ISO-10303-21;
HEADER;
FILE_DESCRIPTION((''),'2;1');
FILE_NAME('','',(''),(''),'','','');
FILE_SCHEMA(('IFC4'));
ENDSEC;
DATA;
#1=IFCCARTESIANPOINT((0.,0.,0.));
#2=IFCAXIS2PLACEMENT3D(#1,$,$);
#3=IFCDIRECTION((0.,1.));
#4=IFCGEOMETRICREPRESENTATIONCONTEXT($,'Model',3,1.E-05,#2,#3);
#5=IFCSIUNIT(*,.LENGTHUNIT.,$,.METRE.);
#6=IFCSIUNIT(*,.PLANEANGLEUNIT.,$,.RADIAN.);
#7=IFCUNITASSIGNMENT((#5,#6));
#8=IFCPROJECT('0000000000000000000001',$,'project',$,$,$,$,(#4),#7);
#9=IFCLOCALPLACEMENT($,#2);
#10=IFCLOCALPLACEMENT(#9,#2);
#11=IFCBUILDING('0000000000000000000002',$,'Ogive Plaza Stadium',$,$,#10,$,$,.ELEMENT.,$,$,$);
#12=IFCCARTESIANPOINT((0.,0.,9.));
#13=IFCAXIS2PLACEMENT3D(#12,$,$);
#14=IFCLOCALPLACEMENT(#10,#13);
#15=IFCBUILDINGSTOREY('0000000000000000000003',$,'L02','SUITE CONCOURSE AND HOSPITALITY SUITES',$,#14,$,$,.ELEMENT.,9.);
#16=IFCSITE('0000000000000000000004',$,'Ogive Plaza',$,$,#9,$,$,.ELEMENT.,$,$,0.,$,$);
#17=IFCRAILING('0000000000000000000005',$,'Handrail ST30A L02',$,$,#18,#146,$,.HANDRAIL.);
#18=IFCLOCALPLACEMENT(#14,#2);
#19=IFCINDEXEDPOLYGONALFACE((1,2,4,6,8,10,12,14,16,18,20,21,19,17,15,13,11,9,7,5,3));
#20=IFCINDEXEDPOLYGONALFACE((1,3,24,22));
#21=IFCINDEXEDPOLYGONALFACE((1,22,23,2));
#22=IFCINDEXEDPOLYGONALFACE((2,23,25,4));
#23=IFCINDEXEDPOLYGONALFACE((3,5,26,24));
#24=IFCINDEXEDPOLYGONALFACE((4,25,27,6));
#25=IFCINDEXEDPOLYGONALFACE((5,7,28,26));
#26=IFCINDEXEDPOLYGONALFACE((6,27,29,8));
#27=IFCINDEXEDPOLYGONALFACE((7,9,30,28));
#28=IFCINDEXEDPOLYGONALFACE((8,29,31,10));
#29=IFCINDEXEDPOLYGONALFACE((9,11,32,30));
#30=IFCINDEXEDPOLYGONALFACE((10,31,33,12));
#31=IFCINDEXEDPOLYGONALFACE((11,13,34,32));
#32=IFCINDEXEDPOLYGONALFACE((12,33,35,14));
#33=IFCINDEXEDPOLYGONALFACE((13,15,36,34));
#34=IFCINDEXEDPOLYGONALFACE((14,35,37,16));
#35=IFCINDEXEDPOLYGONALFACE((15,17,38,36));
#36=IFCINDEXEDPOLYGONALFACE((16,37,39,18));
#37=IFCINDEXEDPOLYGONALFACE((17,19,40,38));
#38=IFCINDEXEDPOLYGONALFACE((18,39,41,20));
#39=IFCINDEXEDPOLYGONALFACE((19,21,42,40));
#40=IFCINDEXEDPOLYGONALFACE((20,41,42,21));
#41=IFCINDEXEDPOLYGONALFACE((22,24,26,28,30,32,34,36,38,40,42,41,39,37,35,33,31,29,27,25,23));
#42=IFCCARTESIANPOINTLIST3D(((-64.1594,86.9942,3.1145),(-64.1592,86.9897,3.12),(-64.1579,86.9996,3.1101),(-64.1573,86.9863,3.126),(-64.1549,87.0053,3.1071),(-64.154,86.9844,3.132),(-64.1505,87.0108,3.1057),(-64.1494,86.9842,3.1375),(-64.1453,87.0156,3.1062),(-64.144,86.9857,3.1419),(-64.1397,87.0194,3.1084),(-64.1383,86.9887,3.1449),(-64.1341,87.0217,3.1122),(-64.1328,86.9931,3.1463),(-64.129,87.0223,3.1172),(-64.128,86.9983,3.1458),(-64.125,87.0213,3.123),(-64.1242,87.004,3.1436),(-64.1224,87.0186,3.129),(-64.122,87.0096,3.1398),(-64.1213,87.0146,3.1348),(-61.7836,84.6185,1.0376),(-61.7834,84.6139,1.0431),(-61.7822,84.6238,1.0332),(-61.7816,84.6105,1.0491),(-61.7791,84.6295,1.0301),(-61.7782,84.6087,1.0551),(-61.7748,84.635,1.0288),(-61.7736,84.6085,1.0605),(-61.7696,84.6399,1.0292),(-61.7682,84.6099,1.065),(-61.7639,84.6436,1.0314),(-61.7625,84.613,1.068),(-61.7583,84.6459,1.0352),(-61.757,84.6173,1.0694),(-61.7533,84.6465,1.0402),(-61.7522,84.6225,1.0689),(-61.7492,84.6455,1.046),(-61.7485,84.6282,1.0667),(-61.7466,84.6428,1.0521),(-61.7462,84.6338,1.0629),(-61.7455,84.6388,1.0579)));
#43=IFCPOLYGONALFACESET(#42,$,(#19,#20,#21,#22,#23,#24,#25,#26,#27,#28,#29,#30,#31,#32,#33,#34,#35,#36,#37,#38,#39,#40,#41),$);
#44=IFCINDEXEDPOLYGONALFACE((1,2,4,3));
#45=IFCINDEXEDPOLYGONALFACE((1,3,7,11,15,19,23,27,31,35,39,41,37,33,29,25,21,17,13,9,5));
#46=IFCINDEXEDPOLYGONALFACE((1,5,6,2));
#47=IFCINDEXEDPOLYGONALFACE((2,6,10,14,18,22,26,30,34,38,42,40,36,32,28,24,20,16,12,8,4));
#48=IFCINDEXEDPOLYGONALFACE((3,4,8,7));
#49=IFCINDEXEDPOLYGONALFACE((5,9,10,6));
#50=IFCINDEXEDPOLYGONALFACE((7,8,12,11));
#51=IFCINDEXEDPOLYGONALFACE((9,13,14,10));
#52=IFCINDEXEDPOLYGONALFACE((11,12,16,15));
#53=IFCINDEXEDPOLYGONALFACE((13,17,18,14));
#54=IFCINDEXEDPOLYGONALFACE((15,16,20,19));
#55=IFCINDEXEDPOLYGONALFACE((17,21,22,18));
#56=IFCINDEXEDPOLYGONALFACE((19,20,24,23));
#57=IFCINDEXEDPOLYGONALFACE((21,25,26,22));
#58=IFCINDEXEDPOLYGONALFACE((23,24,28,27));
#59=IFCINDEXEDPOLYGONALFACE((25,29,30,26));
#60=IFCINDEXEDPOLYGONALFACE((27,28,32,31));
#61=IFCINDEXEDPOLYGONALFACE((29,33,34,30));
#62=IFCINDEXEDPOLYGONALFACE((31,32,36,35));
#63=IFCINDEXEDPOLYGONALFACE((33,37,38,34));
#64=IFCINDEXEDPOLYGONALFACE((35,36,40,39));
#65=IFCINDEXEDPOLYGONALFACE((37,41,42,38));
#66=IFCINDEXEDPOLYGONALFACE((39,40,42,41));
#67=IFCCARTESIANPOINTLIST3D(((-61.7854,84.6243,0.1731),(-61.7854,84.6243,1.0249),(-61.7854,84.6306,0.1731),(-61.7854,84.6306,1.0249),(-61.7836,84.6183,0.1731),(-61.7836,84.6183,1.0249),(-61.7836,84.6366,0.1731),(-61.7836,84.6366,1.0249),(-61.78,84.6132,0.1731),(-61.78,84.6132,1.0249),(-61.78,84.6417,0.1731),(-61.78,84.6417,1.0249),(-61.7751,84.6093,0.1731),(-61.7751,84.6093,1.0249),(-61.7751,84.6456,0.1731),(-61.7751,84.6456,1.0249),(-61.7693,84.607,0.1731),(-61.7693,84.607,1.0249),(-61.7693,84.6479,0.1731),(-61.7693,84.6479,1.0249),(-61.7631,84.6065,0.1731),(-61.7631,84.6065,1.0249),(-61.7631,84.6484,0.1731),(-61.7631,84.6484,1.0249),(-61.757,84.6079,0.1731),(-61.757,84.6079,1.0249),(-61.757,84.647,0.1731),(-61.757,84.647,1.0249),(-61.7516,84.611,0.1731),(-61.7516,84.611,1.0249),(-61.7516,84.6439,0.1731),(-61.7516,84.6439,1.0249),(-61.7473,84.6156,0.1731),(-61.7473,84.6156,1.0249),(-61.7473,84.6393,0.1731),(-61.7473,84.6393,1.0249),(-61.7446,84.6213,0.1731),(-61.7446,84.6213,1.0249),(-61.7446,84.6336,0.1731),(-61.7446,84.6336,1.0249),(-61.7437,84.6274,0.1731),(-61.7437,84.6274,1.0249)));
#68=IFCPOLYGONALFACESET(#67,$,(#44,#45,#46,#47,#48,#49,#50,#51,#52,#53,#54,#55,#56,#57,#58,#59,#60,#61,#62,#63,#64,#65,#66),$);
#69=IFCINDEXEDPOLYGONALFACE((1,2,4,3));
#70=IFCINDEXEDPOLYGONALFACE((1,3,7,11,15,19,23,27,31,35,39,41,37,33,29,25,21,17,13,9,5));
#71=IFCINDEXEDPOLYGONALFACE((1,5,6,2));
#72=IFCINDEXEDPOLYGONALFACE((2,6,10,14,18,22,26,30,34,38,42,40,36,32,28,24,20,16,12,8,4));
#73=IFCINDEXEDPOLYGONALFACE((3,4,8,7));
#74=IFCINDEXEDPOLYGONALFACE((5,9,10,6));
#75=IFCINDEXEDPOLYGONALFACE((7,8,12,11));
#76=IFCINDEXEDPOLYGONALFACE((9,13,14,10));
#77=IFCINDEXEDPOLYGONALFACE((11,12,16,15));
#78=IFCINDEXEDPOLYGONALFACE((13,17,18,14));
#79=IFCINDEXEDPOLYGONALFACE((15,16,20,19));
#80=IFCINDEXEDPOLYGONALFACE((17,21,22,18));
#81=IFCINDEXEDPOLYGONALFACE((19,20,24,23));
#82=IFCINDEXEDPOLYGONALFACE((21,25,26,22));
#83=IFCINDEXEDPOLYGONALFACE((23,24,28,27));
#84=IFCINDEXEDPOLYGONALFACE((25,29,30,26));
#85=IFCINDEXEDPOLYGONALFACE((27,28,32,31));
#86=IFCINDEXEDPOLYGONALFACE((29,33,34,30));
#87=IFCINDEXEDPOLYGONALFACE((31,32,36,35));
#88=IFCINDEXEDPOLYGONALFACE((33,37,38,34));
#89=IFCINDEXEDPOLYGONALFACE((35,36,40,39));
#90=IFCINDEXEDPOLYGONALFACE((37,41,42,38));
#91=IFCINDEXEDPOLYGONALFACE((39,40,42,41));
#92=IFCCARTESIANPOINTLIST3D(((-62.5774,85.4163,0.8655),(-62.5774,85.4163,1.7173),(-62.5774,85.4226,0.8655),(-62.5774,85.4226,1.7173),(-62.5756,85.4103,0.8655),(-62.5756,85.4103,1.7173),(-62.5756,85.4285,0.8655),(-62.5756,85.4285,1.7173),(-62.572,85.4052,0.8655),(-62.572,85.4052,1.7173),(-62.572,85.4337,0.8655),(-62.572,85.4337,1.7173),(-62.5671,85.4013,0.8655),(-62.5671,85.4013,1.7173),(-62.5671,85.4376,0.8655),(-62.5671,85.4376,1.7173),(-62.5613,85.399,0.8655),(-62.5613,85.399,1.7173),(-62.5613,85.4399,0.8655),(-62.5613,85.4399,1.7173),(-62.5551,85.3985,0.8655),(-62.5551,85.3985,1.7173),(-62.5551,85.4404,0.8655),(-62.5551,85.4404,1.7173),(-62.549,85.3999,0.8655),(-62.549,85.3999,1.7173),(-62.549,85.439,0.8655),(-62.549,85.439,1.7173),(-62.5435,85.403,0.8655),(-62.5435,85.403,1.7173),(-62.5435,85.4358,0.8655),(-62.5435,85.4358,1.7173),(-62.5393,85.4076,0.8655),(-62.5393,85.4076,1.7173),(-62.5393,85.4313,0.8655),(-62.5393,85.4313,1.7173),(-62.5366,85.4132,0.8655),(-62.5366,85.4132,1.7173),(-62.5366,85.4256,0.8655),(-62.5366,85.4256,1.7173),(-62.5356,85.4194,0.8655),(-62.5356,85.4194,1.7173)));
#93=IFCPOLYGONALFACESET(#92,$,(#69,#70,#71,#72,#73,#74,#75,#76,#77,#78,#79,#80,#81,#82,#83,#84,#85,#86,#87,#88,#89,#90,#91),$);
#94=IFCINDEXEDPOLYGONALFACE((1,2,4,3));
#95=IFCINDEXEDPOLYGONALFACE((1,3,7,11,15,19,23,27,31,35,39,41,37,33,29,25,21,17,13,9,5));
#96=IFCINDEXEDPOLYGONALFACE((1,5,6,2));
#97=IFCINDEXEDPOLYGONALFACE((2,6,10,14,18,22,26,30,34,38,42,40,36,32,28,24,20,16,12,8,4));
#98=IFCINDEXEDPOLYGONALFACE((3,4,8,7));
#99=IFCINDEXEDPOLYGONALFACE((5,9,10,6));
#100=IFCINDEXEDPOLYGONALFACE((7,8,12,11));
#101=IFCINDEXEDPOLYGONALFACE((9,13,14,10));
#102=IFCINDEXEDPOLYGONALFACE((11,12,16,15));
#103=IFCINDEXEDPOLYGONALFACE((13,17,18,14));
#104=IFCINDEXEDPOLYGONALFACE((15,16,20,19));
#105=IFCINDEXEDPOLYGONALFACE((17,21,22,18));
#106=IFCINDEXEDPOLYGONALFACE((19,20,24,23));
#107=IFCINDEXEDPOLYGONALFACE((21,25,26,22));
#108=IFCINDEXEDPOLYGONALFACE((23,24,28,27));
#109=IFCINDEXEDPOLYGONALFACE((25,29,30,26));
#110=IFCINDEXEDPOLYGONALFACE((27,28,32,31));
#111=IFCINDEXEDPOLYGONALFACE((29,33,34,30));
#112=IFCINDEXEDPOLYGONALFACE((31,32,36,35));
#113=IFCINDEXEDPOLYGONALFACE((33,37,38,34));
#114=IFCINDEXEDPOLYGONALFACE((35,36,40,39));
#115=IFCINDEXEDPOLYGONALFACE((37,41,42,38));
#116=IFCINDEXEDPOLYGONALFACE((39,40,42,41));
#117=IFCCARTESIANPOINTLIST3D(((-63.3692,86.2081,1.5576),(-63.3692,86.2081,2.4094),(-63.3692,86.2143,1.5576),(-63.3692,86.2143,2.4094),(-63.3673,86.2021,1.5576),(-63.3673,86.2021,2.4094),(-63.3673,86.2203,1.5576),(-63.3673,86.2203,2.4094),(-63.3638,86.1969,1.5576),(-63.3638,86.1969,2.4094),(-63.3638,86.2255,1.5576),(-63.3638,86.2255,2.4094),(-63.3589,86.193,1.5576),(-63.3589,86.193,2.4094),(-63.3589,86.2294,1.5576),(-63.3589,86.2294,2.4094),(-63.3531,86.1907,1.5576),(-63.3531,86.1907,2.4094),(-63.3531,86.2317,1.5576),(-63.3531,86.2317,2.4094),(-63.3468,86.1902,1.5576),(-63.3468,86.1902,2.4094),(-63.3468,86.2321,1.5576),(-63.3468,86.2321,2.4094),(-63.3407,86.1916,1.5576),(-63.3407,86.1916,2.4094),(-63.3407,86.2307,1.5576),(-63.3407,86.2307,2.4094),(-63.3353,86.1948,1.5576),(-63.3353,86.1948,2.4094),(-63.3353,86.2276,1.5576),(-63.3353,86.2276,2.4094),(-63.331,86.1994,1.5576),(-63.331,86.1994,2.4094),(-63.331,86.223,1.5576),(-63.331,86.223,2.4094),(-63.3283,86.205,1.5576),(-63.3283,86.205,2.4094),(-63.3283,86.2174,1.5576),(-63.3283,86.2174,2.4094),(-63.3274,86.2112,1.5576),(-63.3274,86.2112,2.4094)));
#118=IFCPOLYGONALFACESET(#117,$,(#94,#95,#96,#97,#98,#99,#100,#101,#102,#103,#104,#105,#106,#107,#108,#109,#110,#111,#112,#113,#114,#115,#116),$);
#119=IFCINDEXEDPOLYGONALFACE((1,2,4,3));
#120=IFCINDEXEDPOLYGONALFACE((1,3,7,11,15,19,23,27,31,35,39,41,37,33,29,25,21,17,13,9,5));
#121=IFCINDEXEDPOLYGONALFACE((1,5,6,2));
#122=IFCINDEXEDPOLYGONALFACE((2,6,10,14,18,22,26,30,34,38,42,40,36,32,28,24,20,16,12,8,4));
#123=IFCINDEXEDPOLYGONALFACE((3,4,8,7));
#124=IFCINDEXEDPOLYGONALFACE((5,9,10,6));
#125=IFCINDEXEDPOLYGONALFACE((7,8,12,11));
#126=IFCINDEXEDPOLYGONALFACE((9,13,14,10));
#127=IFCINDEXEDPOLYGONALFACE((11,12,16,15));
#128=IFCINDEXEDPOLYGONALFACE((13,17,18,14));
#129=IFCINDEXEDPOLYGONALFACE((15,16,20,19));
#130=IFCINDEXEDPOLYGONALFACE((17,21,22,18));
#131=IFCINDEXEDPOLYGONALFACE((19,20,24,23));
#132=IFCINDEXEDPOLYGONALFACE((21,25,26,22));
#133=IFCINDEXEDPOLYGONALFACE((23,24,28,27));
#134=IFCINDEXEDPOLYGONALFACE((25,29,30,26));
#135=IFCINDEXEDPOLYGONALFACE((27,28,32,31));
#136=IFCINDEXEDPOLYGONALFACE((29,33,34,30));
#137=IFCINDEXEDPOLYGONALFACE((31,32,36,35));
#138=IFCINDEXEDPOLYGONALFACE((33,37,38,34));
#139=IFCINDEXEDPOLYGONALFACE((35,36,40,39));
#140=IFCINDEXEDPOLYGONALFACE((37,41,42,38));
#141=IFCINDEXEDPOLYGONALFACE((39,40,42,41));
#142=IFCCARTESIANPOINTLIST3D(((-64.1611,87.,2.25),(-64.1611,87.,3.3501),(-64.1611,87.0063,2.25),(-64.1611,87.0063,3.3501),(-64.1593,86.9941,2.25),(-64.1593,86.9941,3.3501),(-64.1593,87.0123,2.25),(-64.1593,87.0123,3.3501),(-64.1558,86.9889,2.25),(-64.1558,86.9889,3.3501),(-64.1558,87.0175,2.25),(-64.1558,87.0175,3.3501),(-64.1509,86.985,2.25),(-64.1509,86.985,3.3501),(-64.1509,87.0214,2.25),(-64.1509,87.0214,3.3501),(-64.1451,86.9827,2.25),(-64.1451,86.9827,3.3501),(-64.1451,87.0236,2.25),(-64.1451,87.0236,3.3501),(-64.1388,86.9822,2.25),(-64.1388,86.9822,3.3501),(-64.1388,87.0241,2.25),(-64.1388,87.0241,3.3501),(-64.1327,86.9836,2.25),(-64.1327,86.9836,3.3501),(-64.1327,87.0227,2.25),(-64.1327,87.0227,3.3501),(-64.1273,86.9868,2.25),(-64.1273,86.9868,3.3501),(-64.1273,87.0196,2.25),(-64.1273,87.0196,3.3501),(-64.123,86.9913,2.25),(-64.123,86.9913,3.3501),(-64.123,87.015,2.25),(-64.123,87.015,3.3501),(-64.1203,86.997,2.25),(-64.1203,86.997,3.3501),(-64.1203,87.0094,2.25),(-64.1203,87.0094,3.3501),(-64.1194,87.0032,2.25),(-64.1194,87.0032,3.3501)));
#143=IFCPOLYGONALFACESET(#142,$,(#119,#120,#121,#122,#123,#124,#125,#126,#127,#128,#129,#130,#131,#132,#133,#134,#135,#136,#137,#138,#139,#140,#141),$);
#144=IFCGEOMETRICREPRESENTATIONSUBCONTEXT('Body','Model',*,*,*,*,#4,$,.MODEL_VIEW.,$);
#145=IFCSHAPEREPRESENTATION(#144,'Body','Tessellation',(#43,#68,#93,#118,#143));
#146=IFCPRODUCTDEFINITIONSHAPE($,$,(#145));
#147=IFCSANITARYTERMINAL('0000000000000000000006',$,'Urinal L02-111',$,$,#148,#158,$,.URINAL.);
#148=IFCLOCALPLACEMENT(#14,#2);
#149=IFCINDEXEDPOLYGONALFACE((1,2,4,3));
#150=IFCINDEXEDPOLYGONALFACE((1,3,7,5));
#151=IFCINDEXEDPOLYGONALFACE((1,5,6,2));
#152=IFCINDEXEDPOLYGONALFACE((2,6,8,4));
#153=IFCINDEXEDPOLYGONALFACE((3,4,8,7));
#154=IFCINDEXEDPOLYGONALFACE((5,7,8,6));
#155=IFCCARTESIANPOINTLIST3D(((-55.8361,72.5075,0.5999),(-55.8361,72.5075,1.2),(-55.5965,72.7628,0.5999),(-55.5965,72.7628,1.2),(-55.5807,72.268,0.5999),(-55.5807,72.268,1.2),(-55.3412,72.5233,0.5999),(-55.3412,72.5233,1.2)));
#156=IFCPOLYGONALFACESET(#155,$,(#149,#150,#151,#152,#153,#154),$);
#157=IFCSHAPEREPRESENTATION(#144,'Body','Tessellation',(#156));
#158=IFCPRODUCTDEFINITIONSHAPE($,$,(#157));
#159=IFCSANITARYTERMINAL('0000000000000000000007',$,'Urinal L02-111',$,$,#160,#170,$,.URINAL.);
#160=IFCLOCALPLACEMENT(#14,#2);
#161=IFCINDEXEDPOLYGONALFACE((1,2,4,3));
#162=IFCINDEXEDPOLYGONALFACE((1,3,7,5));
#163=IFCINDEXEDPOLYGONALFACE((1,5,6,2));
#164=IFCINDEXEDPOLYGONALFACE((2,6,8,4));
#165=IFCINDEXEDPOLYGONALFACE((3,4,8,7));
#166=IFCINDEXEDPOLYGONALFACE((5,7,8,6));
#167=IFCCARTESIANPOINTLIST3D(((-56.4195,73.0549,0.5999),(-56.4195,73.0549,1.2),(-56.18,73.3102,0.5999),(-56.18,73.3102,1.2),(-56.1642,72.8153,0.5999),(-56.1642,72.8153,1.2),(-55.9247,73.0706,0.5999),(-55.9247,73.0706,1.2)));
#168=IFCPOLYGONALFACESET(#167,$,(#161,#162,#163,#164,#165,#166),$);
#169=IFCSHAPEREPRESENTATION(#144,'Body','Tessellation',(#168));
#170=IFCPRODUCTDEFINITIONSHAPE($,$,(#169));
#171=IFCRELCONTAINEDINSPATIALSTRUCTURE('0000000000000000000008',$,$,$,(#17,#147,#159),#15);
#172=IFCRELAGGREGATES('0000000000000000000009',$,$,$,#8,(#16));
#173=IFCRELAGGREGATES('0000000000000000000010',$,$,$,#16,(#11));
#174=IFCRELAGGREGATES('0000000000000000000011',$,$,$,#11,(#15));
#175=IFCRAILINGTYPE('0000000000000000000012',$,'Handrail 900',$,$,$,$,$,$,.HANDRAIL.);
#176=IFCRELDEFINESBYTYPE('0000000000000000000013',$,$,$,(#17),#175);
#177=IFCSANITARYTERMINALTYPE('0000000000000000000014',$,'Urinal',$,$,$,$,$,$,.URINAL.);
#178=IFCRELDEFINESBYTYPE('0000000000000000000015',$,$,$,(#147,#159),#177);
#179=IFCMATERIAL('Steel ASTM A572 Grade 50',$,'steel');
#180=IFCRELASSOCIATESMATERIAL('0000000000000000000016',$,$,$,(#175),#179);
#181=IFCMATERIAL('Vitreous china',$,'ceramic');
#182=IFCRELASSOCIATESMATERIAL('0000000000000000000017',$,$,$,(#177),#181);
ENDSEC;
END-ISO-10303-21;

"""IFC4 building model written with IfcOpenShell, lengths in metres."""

from ifc_helpers import new_model, si_unit, direction, frame, origin, origin_2d, place, context, subcontext, project, spatial, rectangle, circle, extrude, material, type_object, element, save


model = new_model("IFC4")

# Units and contexts
model_context = context("Model", 3, precision=1e-05, world=origin(), true_north=direction((0.0, 1.0)))
body_context = subcontext(model_context, "Body", "Model", "MODEL_VIEW")
ifc_project = project(units=[si_unit("LENGTHUNIT", "METRE"), si_unit("PLANEANGLEUNIT", "RADIAN")], contexts=[model_context])

# Site, building, storey
site_placement = place(None, origin())
site = spatial("IfcSite", under=ifc_project, at=site_placement, Name="Ogive Plaza", CompositionType="ELEMENT", RefElevation=0.0)
building_placement = place(site_placement, origin())
building = spatial("IfcBuilding", under=site, at=building_placement, Name="Ogive Plaza Stadium", CompositionType="ELEMENT")
storey_placement = place(building_placement, frame((0.0, 0.0, 9.0)))
storey = spatial("IfcBuildingStorey", under=building, at=storey_placement, Name="L02", Description="SUITE CONCOURSE AND HOSPITALITY SUITES", CompositionType="ELEMENT", Elevation=9.0)

# Railing
ifc_material_1 = material(Name="Steel ASTM A572 Grade 50", Category="steel")
railing_type = type_object("IfcRailingType", Name="Handrail 900", PredefinedType="HANDRAIL", material=ifc_material_1)
railing_1_placement = place(storey_placement, frame((-61.7646, 84.6274, 0.1731)))
element("IfcRailing", 1, at=railing_1_placement, inside=storey, type_object=railing_type, Name="Handrail ST30A L02", PredefinedType="HANDRAIL", context=body_context, shape_type="SweptSolid", body=[
    extrude(circle(Radius=0.0239, at=origin_2d()), frame((0.0, 0.0, 0.876), z_axis=(-0.601466, 0.601466, 0.525811), x_axis=(-0.707107, -0.707107, 0.0)), (0.0, 0.0, 1.0), 3.95),
    extrude(circle(Radius=0.021, at=origin_2d()), origin(), (0.0, 0.0, 1.0), 0.8518),
    extrude(circle(Radius=0.021, at=origin_2d()), frame((-0.792, 0.792, 0.6924)), (0.0, 0.0, 1.0), 0.8518),
    extrude(circle(Radius=0.021, at=origin_2d()), frame((-1.5837, 1.5837, 1.3845)), (0.0, 0.0, 1.0), 0.8518),
    extrude(circle(Radius=0.021, at=origin_2d()), frame((-2.3757, 2.3757, 2.0769)), (0.0, 0.0, 1.0), 1.1001),
])

# Sanitary terminals
ifc_material_2 = material(Name="Vitreous china", Category="ceramic")
sanitary_terminal_type = type_object("IfcSanitaryTerminalType", Name="Urinal", PredefinedType="URINAL", material=ifc_material_2)
for number, where, z_axis, x_axis, name in (
    (2, (-55.5886, 72.5154, 0.5999), (0.0, 0.0, 1.0), (-0.729268, 0.684228, 0.0), "Urinal L02-111"),
    (3, (-56.1721, 73.0627, 0.5999), (0.0, 0.0, 1.0), (-0.729268, 0.684228, 0.0), "Urinal L02-111"),
):
    element("IfcSanitaryTerminal", number, at=place(storey_placement, frame(where, z_axis=z_axis, x_axis=x_axis)), inside=storey, type_object=sanitary_terminal_type, Name=name, PredefinedType="URINAL", context=body_context, shape_type="SweptSolid", body=[
        extrude(rectangle(XDim=0.3501, YDim=0.3501, at=origin_2d()), origin(), (0.0, 0.0, 1.0), 0.6001),
    ])

save(model, "model.ifc")
